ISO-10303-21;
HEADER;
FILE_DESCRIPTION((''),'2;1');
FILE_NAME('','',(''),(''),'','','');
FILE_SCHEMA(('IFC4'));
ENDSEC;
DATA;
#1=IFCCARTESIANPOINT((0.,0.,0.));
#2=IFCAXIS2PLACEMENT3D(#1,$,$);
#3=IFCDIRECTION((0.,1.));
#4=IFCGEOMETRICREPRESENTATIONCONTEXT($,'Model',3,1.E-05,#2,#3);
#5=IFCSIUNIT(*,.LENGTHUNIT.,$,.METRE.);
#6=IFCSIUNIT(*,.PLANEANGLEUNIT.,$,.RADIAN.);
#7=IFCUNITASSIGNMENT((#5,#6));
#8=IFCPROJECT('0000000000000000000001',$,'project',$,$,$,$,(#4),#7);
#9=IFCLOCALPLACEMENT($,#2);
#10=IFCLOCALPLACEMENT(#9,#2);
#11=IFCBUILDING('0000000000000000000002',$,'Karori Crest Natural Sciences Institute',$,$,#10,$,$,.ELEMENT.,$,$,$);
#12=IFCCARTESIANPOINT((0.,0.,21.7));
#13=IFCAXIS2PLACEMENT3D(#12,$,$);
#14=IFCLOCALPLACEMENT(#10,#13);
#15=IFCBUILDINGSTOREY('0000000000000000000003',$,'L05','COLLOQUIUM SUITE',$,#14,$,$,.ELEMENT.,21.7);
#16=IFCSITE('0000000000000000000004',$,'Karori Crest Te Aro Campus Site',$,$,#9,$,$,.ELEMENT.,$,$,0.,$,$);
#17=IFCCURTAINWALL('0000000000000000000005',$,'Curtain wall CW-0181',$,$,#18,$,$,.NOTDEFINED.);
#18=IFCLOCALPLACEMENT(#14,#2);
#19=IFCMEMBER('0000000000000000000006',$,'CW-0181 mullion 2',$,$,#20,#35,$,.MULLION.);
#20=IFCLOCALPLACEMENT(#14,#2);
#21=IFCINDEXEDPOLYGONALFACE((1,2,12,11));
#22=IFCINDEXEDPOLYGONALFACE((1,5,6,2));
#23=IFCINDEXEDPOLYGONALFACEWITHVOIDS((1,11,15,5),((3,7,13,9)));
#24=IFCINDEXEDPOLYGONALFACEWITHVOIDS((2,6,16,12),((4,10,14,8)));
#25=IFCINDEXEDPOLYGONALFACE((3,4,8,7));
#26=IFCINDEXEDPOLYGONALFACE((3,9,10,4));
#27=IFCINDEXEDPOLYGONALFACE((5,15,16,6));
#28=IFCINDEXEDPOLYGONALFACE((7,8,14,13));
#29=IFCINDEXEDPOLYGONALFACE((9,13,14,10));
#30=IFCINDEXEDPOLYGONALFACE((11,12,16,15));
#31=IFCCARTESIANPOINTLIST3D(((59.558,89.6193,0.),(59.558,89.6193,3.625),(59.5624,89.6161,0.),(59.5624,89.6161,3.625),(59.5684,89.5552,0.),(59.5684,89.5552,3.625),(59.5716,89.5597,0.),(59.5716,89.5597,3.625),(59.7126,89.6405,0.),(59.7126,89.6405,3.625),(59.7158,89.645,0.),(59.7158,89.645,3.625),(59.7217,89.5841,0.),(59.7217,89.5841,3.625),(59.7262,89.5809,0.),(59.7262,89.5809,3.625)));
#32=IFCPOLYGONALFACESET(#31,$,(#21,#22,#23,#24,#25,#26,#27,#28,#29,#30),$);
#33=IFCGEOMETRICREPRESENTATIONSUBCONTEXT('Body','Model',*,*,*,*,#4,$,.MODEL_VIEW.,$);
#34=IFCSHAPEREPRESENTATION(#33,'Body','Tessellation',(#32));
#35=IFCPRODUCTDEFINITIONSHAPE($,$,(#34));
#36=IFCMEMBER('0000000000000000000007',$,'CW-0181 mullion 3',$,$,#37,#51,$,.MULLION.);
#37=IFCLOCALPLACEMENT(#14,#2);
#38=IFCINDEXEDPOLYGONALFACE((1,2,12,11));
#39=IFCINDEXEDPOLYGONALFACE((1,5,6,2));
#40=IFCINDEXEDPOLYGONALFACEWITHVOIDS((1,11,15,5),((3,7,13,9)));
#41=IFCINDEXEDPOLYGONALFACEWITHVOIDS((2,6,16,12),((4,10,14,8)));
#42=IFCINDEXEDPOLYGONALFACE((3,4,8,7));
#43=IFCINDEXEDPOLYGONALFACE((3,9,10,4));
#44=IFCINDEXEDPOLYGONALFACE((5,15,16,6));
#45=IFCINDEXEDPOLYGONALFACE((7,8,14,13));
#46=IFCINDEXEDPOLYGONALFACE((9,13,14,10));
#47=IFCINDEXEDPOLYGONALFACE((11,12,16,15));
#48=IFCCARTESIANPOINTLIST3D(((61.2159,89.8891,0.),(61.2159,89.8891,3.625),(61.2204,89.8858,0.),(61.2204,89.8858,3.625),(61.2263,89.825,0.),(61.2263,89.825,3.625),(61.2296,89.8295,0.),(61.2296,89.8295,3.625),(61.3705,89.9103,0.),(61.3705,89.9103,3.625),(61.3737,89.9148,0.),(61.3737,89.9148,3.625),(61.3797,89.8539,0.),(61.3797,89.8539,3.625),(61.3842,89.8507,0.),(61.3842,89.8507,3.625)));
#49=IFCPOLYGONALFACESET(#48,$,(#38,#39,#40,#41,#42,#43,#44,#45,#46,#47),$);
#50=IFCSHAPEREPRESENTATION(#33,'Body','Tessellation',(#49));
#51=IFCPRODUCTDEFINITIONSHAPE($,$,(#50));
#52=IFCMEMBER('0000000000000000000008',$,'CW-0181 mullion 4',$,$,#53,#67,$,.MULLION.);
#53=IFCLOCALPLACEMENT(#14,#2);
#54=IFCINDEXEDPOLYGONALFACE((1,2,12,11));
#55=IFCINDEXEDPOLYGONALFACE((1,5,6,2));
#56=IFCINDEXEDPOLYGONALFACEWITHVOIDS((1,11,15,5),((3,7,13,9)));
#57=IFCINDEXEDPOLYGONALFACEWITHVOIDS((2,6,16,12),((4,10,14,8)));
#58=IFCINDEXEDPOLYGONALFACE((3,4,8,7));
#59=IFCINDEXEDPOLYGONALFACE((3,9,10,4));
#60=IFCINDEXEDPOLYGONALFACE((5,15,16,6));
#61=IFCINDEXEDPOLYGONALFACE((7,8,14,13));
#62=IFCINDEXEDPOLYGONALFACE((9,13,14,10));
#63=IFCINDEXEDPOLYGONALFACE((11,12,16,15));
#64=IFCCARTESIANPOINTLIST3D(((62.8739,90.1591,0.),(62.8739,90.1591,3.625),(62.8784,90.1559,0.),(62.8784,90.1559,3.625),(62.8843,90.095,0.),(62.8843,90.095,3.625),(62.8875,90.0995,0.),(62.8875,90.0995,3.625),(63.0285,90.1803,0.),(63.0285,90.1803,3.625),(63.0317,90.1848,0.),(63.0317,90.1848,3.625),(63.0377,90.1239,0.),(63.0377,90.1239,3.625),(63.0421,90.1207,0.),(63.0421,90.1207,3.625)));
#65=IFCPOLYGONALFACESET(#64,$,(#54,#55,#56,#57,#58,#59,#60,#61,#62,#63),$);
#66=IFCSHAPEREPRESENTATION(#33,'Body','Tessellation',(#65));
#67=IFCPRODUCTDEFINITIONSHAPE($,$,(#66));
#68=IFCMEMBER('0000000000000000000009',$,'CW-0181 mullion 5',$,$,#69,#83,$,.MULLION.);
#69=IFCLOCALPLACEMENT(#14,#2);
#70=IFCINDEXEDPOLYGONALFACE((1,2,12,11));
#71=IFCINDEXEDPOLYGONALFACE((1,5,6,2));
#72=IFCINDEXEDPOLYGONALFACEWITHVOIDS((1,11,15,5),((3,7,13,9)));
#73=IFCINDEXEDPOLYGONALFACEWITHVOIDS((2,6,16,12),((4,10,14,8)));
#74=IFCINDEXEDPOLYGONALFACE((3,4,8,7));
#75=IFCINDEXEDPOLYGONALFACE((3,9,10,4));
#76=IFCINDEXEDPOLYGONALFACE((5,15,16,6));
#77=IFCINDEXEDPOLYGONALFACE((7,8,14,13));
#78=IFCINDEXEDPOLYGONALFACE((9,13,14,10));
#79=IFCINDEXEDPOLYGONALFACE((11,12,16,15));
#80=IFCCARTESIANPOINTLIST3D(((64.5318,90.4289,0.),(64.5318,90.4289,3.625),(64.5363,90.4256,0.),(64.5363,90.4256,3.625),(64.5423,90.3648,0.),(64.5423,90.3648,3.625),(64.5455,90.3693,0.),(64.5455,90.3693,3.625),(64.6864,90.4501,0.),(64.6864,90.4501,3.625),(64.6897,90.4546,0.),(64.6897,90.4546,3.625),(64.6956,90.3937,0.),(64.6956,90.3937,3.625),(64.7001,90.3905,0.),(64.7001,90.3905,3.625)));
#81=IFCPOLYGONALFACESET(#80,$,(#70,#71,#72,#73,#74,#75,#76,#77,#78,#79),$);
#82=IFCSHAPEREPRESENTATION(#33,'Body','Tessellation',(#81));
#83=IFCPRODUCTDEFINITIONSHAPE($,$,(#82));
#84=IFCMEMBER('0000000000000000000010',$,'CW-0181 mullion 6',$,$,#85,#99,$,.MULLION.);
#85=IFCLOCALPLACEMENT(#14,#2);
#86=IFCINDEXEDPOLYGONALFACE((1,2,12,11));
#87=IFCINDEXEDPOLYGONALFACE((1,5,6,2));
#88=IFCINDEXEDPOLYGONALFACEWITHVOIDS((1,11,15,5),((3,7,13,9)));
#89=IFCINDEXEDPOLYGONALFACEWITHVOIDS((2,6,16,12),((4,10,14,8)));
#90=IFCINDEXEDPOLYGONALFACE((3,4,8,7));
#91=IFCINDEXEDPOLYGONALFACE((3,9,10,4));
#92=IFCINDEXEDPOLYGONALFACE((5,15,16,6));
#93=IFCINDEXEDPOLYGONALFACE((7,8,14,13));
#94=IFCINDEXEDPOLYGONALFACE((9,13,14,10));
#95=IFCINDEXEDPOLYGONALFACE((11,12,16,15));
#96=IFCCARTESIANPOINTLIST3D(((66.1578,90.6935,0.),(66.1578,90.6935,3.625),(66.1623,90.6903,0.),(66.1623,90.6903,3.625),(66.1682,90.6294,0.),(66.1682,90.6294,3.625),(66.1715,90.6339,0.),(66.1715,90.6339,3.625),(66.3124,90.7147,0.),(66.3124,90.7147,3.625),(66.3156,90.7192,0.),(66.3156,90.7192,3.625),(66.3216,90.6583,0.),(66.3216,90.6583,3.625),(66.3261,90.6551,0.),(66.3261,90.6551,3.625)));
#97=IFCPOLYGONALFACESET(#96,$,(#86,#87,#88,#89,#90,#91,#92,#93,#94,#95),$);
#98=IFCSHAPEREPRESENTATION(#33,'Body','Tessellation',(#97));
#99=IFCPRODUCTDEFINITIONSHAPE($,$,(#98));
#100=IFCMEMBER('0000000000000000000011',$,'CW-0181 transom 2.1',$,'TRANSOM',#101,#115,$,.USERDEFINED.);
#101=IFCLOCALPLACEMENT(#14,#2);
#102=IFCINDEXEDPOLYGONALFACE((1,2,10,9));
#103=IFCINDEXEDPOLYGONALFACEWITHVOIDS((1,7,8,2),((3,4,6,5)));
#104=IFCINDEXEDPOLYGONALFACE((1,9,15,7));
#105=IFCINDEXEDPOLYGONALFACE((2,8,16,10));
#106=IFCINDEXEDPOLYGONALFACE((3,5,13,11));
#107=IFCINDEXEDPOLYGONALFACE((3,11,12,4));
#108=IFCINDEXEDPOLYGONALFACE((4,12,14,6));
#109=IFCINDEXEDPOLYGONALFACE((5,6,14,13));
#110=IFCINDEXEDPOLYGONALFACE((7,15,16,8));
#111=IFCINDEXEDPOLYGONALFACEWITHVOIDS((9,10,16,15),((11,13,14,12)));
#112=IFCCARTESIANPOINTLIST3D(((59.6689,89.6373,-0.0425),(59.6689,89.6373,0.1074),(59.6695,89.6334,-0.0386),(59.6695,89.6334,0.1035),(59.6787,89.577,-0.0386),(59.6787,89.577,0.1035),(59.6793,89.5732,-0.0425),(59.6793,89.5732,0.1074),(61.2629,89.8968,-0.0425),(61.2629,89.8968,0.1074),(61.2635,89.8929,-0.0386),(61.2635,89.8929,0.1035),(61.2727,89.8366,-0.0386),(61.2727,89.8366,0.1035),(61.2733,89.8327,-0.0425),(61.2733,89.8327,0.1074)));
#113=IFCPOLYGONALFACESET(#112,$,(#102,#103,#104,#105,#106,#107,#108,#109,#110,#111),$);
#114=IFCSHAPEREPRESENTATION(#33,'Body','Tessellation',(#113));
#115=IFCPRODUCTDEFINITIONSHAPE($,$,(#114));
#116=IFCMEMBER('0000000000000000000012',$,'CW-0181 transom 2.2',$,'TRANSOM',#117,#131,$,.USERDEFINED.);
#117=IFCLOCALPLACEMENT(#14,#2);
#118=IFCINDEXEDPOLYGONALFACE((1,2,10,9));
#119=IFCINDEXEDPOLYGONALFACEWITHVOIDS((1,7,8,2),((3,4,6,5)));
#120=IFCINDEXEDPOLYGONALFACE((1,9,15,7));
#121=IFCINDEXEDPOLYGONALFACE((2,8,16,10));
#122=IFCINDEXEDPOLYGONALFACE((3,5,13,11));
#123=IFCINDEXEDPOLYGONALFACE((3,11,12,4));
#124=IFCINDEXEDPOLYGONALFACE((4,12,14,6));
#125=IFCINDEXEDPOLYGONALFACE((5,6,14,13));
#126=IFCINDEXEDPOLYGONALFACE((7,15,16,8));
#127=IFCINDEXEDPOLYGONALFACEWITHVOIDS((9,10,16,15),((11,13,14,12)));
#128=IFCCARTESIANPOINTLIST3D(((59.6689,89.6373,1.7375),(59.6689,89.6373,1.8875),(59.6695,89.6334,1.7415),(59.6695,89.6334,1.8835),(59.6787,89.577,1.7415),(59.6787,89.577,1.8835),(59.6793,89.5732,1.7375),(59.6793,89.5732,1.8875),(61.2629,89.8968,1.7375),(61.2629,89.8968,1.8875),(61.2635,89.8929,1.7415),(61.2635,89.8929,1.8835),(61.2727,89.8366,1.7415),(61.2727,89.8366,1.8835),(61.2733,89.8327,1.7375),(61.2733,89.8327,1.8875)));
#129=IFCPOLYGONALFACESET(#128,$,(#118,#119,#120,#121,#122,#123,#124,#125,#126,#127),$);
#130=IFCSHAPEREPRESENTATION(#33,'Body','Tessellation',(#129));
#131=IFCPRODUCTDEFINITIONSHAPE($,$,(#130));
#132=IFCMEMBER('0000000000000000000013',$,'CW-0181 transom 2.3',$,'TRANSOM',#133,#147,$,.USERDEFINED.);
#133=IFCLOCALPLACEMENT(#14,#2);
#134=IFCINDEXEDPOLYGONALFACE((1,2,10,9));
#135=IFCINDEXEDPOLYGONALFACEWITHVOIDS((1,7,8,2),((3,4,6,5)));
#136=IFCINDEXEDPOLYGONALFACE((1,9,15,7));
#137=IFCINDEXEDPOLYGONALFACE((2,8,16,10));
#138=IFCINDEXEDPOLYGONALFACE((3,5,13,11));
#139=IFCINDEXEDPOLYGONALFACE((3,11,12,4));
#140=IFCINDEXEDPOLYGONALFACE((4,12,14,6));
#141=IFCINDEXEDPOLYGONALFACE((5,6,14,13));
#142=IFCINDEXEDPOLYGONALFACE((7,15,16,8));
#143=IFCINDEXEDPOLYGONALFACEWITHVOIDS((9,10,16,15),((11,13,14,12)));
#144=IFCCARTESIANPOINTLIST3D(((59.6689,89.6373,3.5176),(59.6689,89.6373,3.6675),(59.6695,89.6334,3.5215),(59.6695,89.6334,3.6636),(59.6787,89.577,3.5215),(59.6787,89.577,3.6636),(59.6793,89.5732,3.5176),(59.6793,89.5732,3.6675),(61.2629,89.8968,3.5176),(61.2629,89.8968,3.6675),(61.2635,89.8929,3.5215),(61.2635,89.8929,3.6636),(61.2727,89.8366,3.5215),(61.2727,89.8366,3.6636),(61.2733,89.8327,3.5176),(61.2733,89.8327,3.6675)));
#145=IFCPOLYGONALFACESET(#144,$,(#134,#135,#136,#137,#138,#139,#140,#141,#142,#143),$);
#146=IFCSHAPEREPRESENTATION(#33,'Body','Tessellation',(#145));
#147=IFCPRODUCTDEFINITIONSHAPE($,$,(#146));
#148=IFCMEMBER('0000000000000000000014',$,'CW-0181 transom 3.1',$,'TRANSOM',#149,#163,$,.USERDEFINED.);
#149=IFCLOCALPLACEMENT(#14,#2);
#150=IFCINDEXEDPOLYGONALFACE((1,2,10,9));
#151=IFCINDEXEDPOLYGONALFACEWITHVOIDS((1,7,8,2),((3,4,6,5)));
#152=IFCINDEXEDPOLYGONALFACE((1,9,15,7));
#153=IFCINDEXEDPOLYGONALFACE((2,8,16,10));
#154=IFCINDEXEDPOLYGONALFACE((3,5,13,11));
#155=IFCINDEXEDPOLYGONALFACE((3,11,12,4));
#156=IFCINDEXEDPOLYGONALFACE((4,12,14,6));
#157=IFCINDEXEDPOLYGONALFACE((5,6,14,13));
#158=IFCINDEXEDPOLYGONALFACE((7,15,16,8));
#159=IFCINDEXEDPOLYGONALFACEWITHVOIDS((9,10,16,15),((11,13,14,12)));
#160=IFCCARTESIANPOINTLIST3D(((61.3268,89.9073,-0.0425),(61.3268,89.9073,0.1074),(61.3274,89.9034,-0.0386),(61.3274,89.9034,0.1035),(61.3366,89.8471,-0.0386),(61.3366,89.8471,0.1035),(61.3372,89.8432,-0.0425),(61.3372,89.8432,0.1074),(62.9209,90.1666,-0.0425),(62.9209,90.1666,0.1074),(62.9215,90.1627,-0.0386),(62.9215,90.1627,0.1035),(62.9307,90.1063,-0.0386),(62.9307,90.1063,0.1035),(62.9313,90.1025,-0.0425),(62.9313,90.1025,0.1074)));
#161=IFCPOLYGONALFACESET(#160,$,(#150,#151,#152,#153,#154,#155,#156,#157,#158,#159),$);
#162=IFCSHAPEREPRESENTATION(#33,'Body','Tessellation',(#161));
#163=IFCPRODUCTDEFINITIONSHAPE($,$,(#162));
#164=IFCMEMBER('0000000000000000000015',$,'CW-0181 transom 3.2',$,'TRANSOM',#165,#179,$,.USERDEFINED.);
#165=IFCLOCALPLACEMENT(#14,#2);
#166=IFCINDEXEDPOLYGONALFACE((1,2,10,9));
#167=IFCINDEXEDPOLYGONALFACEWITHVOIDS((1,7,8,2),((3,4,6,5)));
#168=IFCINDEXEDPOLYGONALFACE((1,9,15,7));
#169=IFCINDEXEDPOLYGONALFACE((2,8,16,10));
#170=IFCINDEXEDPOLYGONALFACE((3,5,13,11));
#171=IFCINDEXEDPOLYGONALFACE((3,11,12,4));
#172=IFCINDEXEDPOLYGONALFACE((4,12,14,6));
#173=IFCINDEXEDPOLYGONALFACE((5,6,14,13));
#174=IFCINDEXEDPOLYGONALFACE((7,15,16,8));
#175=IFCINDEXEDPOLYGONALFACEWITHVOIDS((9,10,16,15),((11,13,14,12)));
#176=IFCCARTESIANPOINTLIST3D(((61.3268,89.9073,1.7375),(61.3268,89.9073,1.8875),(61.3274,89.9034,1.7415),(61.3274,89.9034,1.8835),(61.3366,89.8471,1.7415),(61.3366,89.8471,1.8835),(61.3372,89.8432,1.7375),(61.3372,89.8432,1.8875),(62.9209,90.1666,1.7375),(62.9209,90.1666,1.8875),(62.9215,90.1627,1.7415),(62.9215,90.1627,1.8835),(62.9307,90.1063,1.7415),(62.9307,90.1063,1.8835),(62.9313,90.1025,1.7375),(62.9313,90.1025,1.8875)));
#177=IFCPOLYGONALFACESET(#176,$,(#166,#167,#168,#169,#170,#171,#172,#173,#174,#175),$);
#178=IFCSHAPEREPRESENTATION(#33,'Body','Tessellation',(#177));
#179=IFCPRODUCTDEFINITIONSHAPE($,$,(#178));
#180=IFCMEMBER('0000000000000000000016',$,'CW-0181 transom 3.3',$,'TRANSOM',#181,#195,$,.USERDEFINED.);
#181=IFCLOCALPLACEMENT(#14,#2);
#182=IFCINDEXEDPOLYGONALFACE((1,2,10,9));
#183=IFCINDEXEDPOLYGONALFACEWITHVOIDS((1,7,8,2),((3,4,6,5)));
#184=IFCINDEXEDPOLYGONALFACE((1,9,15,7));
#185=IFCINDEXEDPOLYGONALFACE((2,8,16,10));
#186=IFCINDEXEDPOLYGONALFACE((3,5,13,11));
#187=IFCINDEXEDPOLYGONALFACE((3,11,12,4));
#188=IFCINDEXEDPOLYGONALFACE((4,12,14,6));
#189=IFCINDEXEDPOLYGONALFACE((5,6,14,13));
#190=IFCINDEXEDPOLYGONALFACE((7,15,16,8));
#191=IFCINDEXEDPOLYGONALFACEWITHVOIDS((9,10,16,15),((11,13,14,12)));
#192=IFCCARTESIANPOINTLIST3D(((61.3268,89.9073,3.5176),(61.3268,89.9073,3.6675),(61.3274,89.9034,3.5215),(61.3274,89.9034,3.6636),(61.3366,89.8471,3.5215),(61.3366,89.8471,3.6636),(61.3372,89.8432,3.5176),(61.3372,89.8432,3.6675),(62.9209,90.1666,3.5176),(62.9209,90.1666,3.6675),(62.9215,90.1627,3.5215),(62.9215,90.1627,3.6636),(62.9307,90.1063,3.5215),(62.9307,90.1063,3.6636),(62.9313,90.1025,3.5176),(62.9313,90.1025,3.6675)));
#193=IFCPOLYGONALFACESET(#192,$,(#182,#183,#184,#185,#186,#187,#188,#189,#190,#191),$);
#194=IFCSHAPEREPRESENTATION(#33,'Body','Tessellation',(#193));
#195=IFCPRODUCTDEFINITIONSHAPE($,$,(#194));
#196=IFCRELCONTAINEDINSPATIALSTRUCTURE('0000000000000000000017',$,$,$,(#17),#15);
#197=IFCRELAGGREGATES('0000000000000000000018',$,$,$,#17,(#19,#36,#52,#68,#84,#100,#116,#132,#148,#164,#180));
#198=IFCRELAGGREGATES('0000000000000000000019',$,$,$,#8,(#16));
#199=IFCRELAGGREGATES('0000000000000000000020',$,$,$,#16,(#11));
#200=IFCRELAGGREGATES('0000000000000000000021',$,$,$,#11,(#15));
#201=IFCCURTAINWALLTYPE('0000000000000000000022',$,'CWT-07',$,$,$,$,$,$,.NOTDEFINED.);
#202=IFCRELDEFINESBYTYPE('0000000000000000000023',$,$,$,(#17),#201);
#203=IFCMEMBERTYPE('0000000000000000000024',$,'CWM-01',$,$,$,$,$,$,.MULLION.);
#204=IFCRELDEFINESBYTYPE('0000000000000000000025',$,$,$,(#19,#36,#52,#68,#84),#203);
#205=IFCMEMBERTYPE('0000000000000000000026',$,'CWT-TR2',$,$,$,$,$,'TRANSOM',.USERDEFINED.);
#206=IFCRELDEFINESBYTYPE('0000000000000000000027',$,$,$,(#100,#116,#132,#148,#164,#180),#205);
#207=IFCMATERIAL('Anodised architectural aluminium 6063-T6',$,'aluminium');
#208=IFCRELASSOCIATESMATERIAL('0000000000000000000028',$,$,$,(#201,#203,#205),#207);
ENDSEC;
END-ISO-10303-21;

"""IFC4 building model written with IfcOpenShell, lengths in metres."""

from ifc_helpers import new_model, si_unit, direction, frame, origin, origin_2d, place, context, subcontext, project, spatial, hollow_rectangle, extrude, material, material_profile, profile_set, type_object, element, aggregate, save


model = new_model("IFC4")

# Units and contexts
model_context = context("Model", 3, precision=1e-05, world=origin(), true_north=direction((0.0, 1.0)))
body_context = subcontext(model_context, "Body", "Model", "MODEL_VIEW")
ifc_project = project(units=[si_unit("LENGTHUNIT", "METRE"), si_unit("PLANEANGLEUNIT", "RADIAN")], contexts=[model_context])

# Site, building, storey
site_placement = place(None, origin())
site = spatial("IfcSite", under=ifc_project, at=site_placement, Name="Karori Crest Te Aro Campus Site", CompositionType="ELEMENT", RefElevation=0.0)
building_placement = place(site_placement, origin())
building = spatial("IfcBuilding", under=site, at=building_placement, Name="Karori Crest Natural Sciences Institute", CompositionType="ELEMENT")
storey_placement = place(building_placement, frame((0.0, 0.0, 21.7)))
storey = spatial("IfcBuildingStorey", under=building, at=storey_placement, Name="L05", Description="COLLOQUIUM SUITE", CompositionType="ELEMENT", Elevation=21.7)

# Curtain wall, members
ifc_material_1 = material(Name="Anodised architectural aluminium 6063-T6", Category="aluminium")
curtain_wall_type = type_object("IfcCurtainWallType", Name="CWT-07", PredefinedType="NOTDEFINED", material=ifc_material_1)
curtain_wall_placement = place(storey_placement, origin())
curtain_wall = element("IfcCurtainWall", 1, at=curtain_wall_placement, inside=storey, type_object=curtain_wall_type, Name="Curtain wall CW-0181", PredefinedType="NOTDEFINED")
ifc_material_profile_1 = material_profile(ifc_material_1, hollow_rectangle(XDim=0.0649, YDim=0.1599, WallThickness=0.0039, at=origin_2d()), Name="CWM160x65x4")
ifc_profile_set_1 = profile_set([ifc_material_profile_1], Name="Anodised architectural aluminium 6063-T6")
member_type_1 = type_object("IfcMemberType", Name="CWM-01", PredefinedType="MULLION", material=ifc_profile_set_1)
member_1_placement = place(storey_placement, frame((59.6421, 89.6001, 0.0), z_axis=(0.0, 0.0, 1.0), x_axis=(-0.16065, 0.987011, 0.0)))
member_1 = element("IfcMember", 2, at=member_1_placement, type_object=member_type_1, Name="CW-0181 mullion 2", PredefinedType="MULLION", context=body_context, shape_type="SweptSolid", body=[
    extrude(hollow_rectangle(XDim=0.0649, YDim=0.1599, WallThickness=0.0039, at=origin_2d()), origin(), (0.0, 0.0, 1.0), 3.625),
])
member_2_placement = place(storey_placement, frame((61.3, 89.8699, 0.0), z_axis=(0.0, 0.0, 1.0), x_axis=(-0.16065, 0.987011, 0.0)))
member_2 = element("IfcMember", 3, at=member_2_placement, type_object=member_type_1, Name="CW-0181 mullion 3", PredefinedType="MULLION", context=body_context, shape_type="SweptSolid", body=[
    extrude(hollow_rectangle(XDim=0.0649, YDim=0.1599, WallThickness=0.0039, at=origin_2d()), origin(), (0.0, 0.0, 1.0), 3.625),
])
member_3_placement = place(storey_placement, frame((62.958, 90.1399, 0.0), z_axis=(0.0, 0.0, 1.0), x_axis=(-0.16065, 0.987011, 0.0)))
member_3 = element("IfcMember", 4, at=member_3_placement, type_object=member_type_1, Name="CW-0181 mullion 4", PredefinedType="MULLION", context=body_context, shape_type="SweptSolid", body=[
    extrude(hollow_rectangle(XDim=0.0649, YDim=0.1599, WallThickness=0.0039, at=origin_2d()), origin(), (0.0, 0.0, 1.0), 3.625),
])
member_4_placement = place(storey_placement, frame((64.616, 90.4097, 0.0), z_axis=(0.0, 0.0, 1.0), x_axis=(-0.16065, 0.987011, 0.0)))
member_4 = element("IfcMember", 5, at=member_4_placement, type_object=member_type_1, Name="CW-0181 mullion 5", PredefinedType="MULLION", context=body_context, shape_type="SweptSolid", body=[
    extrude(hollow_rectangle(XDim=0.0649, YDim=0.1599, WallThickness=0.0039, at=origin_2d()), origin(), (0.0, 0.0, 1.0), 3.625),
])
member_5_placement = place(storey_placement, frame((66.2419, 90.6743, 0.0), z_axis=(0.0, 0.0, 1.0), x_axis=(-0.16065, 0.987011, 0.0)))
member_5 = element("IfcMember", 6, at=member_5_placement, type_object=member_type_1, Name="CW-0181 mullion 6", PredefinedType="MULLION", context=body_context, shape_type="SweptSolid", body=[
    extrude(hollow_rectangle(XDim=0.0649, YDim=0.1599, WallThickness=0.0039, at=origin_2d()), origin(), (0.0, 0.0, 1.0), 3.625),
])
ifc_material_profile_2 = material_profile(ifc_material_1, hollow_rectangle(XDim=0.0649, YDim=0.1499, WallThickness=0.0039, at=origin_2d()), Name="CWT150x65x4")
ifc_profile_set_2 = profile_set([ifc_material_profile_2], Name="Anodised architectural aluminium 6063-T6")
member_type_2 = type_object("IfcMemberType", Name="CWT-TR2", ElementType="TRANSOM", PredefinedType="USERDEFINED", material=ifc_profile_set_2)
member_6_placement = place(storey_placement, frame((59.6741, 89.6052, 0.0325), z_axis=(0.987004, 0.160696, 0.0), x_axis=(-0.160696, 0.987004, 0.0)))
member_6 = element("IfcMember", 7, at=member_6_placement, type_object=member_type_2, Name="CW-0181 transom 2.1", ObjectType="TRANSOM", PredefinedType="USERDEFINED", context=body_context, shape_type="SweptSolid", body=[
    extrude(hollow_rectangle(XDim=0.0649, YDim=0.1499, WallThickness=0.0039, at=origin_2d()), origin(), (0.0, 0.0, 1.0), 1.615),
])
member_7_placement = place(storey_placement, frame((59.6741, 89.6052, 1.8125), z_axis=(0.987004, 0.160696, 0.0), x_axis=(-0.160696, 0.987004, 0.0)))
member_7 = element("IfcMember", 8, at=member_7_placement, type_object=member_type_2, Name="CW-0181 transom 2.2", ObjectType="TRANSOM", PredefinedType="USERDEFINED", context=body_context, shape_type="SweptSolid", body=[
    extrude(hollow_rectangle(XDim=0.0649, YDim=0.1499, WallThickness=0.0039, at=origin_2d()), origin(), (0.0, 0.0, 1.0), 1.615),
])
member_8_placement = place(storey_placement, frame((59.6741, 89.6052, 3.5925), z_axis=(0.987004, 0.160696, 0.0), x_axis=(-0.160696, 0.987004, 0.0)))
member_8 = element("IfcMember", 9, at=member_8_placement, type_object=member_type_2, Name="CW-0181 transom 2.3", ObjectType="TRANSOM", PredefinedType="USERDEFINED", context=body_context, shape_type="SweptSolid", body=[
    extrude(hollow_rectangle(XDim=0.0649, YDim=0.1499, WallThickness=0.0039, at=origin_2d()), origin(), (0.0, 0.0, 1.0), 1.615),
])
member_9_placement = place(storey_placement, frame((61.332, 89.8752, 0.0325), z_axis=(0.987028, 0.160549, 0.0), x_axis=(-0.160549, 0.987028, 0.0)))
member_9 = element("IfcMember", 10, at=member_9_placement, type_object=member_type_2, Name="CW-0181 transom 3.1", ObjectType="TRANSOM", PredefinedType="USERDEFINED", context=body_context, shape_type="SweptSolid", body=[
    extrude(hollow_rectangle(XDim=0.0649, YDim=0.1499, WallThickness=0.0039, at=origin_2d()), origin(), (0.0, 0.0, 1.0), 1.615),
])
member_10_placement = place(storey_placement, frame((61.332, 89.8752, 1.8125), z_axis=(0.987028, 0.160549, 0.0), x_axis=(-0.160549, 0.987028, 0.0)))
member_10 = element("IfcMember", 11, at=member_10_placement, type_object=member_type_2, Name="CW-0181 transom 3.2", ObjectType="TRANSOM", PredefinedType="USERDEFINED", context=body_context, shape_type="SweptSolid", body=[
    extrude(hollow_rectangle(XDim=0.0649, YDim=0.1499, WallThickness=0.0039, at=origin_2d()), origin(), (0.0, 0.0, 1.0), 1.615),
])
member_11_placement = place(storey_placement, frame((61.332, 89.8752, 3.5925), z_axis=(0.987028, 0.160549, 0.0), x_axis=(-0.160549, 0.987028, 0.0)))
member_11 = element("IfcMember", 12, at=member_11_placement, type_object=member_type_2, Name="CW-0181 transom 3.3", ObjectType="TRANSOM", PredefinedType="USERDEFINED", context=body_context, shape_type="SweptSolid", body=[
    extrude(hollow_rectangle(XDim=0.0649, YDim=0.1499, WallThickness=0.0039, at=origin_2d()), origin(), (0.0, 0.0, 1.0), 1.615),
])
aggregate(curtain_wall, [member_1, member_2, member_3, member_4, member_5, member_6, member_7, member_8, member_9, member_10, member_11])

save(model, "model.ifc")
